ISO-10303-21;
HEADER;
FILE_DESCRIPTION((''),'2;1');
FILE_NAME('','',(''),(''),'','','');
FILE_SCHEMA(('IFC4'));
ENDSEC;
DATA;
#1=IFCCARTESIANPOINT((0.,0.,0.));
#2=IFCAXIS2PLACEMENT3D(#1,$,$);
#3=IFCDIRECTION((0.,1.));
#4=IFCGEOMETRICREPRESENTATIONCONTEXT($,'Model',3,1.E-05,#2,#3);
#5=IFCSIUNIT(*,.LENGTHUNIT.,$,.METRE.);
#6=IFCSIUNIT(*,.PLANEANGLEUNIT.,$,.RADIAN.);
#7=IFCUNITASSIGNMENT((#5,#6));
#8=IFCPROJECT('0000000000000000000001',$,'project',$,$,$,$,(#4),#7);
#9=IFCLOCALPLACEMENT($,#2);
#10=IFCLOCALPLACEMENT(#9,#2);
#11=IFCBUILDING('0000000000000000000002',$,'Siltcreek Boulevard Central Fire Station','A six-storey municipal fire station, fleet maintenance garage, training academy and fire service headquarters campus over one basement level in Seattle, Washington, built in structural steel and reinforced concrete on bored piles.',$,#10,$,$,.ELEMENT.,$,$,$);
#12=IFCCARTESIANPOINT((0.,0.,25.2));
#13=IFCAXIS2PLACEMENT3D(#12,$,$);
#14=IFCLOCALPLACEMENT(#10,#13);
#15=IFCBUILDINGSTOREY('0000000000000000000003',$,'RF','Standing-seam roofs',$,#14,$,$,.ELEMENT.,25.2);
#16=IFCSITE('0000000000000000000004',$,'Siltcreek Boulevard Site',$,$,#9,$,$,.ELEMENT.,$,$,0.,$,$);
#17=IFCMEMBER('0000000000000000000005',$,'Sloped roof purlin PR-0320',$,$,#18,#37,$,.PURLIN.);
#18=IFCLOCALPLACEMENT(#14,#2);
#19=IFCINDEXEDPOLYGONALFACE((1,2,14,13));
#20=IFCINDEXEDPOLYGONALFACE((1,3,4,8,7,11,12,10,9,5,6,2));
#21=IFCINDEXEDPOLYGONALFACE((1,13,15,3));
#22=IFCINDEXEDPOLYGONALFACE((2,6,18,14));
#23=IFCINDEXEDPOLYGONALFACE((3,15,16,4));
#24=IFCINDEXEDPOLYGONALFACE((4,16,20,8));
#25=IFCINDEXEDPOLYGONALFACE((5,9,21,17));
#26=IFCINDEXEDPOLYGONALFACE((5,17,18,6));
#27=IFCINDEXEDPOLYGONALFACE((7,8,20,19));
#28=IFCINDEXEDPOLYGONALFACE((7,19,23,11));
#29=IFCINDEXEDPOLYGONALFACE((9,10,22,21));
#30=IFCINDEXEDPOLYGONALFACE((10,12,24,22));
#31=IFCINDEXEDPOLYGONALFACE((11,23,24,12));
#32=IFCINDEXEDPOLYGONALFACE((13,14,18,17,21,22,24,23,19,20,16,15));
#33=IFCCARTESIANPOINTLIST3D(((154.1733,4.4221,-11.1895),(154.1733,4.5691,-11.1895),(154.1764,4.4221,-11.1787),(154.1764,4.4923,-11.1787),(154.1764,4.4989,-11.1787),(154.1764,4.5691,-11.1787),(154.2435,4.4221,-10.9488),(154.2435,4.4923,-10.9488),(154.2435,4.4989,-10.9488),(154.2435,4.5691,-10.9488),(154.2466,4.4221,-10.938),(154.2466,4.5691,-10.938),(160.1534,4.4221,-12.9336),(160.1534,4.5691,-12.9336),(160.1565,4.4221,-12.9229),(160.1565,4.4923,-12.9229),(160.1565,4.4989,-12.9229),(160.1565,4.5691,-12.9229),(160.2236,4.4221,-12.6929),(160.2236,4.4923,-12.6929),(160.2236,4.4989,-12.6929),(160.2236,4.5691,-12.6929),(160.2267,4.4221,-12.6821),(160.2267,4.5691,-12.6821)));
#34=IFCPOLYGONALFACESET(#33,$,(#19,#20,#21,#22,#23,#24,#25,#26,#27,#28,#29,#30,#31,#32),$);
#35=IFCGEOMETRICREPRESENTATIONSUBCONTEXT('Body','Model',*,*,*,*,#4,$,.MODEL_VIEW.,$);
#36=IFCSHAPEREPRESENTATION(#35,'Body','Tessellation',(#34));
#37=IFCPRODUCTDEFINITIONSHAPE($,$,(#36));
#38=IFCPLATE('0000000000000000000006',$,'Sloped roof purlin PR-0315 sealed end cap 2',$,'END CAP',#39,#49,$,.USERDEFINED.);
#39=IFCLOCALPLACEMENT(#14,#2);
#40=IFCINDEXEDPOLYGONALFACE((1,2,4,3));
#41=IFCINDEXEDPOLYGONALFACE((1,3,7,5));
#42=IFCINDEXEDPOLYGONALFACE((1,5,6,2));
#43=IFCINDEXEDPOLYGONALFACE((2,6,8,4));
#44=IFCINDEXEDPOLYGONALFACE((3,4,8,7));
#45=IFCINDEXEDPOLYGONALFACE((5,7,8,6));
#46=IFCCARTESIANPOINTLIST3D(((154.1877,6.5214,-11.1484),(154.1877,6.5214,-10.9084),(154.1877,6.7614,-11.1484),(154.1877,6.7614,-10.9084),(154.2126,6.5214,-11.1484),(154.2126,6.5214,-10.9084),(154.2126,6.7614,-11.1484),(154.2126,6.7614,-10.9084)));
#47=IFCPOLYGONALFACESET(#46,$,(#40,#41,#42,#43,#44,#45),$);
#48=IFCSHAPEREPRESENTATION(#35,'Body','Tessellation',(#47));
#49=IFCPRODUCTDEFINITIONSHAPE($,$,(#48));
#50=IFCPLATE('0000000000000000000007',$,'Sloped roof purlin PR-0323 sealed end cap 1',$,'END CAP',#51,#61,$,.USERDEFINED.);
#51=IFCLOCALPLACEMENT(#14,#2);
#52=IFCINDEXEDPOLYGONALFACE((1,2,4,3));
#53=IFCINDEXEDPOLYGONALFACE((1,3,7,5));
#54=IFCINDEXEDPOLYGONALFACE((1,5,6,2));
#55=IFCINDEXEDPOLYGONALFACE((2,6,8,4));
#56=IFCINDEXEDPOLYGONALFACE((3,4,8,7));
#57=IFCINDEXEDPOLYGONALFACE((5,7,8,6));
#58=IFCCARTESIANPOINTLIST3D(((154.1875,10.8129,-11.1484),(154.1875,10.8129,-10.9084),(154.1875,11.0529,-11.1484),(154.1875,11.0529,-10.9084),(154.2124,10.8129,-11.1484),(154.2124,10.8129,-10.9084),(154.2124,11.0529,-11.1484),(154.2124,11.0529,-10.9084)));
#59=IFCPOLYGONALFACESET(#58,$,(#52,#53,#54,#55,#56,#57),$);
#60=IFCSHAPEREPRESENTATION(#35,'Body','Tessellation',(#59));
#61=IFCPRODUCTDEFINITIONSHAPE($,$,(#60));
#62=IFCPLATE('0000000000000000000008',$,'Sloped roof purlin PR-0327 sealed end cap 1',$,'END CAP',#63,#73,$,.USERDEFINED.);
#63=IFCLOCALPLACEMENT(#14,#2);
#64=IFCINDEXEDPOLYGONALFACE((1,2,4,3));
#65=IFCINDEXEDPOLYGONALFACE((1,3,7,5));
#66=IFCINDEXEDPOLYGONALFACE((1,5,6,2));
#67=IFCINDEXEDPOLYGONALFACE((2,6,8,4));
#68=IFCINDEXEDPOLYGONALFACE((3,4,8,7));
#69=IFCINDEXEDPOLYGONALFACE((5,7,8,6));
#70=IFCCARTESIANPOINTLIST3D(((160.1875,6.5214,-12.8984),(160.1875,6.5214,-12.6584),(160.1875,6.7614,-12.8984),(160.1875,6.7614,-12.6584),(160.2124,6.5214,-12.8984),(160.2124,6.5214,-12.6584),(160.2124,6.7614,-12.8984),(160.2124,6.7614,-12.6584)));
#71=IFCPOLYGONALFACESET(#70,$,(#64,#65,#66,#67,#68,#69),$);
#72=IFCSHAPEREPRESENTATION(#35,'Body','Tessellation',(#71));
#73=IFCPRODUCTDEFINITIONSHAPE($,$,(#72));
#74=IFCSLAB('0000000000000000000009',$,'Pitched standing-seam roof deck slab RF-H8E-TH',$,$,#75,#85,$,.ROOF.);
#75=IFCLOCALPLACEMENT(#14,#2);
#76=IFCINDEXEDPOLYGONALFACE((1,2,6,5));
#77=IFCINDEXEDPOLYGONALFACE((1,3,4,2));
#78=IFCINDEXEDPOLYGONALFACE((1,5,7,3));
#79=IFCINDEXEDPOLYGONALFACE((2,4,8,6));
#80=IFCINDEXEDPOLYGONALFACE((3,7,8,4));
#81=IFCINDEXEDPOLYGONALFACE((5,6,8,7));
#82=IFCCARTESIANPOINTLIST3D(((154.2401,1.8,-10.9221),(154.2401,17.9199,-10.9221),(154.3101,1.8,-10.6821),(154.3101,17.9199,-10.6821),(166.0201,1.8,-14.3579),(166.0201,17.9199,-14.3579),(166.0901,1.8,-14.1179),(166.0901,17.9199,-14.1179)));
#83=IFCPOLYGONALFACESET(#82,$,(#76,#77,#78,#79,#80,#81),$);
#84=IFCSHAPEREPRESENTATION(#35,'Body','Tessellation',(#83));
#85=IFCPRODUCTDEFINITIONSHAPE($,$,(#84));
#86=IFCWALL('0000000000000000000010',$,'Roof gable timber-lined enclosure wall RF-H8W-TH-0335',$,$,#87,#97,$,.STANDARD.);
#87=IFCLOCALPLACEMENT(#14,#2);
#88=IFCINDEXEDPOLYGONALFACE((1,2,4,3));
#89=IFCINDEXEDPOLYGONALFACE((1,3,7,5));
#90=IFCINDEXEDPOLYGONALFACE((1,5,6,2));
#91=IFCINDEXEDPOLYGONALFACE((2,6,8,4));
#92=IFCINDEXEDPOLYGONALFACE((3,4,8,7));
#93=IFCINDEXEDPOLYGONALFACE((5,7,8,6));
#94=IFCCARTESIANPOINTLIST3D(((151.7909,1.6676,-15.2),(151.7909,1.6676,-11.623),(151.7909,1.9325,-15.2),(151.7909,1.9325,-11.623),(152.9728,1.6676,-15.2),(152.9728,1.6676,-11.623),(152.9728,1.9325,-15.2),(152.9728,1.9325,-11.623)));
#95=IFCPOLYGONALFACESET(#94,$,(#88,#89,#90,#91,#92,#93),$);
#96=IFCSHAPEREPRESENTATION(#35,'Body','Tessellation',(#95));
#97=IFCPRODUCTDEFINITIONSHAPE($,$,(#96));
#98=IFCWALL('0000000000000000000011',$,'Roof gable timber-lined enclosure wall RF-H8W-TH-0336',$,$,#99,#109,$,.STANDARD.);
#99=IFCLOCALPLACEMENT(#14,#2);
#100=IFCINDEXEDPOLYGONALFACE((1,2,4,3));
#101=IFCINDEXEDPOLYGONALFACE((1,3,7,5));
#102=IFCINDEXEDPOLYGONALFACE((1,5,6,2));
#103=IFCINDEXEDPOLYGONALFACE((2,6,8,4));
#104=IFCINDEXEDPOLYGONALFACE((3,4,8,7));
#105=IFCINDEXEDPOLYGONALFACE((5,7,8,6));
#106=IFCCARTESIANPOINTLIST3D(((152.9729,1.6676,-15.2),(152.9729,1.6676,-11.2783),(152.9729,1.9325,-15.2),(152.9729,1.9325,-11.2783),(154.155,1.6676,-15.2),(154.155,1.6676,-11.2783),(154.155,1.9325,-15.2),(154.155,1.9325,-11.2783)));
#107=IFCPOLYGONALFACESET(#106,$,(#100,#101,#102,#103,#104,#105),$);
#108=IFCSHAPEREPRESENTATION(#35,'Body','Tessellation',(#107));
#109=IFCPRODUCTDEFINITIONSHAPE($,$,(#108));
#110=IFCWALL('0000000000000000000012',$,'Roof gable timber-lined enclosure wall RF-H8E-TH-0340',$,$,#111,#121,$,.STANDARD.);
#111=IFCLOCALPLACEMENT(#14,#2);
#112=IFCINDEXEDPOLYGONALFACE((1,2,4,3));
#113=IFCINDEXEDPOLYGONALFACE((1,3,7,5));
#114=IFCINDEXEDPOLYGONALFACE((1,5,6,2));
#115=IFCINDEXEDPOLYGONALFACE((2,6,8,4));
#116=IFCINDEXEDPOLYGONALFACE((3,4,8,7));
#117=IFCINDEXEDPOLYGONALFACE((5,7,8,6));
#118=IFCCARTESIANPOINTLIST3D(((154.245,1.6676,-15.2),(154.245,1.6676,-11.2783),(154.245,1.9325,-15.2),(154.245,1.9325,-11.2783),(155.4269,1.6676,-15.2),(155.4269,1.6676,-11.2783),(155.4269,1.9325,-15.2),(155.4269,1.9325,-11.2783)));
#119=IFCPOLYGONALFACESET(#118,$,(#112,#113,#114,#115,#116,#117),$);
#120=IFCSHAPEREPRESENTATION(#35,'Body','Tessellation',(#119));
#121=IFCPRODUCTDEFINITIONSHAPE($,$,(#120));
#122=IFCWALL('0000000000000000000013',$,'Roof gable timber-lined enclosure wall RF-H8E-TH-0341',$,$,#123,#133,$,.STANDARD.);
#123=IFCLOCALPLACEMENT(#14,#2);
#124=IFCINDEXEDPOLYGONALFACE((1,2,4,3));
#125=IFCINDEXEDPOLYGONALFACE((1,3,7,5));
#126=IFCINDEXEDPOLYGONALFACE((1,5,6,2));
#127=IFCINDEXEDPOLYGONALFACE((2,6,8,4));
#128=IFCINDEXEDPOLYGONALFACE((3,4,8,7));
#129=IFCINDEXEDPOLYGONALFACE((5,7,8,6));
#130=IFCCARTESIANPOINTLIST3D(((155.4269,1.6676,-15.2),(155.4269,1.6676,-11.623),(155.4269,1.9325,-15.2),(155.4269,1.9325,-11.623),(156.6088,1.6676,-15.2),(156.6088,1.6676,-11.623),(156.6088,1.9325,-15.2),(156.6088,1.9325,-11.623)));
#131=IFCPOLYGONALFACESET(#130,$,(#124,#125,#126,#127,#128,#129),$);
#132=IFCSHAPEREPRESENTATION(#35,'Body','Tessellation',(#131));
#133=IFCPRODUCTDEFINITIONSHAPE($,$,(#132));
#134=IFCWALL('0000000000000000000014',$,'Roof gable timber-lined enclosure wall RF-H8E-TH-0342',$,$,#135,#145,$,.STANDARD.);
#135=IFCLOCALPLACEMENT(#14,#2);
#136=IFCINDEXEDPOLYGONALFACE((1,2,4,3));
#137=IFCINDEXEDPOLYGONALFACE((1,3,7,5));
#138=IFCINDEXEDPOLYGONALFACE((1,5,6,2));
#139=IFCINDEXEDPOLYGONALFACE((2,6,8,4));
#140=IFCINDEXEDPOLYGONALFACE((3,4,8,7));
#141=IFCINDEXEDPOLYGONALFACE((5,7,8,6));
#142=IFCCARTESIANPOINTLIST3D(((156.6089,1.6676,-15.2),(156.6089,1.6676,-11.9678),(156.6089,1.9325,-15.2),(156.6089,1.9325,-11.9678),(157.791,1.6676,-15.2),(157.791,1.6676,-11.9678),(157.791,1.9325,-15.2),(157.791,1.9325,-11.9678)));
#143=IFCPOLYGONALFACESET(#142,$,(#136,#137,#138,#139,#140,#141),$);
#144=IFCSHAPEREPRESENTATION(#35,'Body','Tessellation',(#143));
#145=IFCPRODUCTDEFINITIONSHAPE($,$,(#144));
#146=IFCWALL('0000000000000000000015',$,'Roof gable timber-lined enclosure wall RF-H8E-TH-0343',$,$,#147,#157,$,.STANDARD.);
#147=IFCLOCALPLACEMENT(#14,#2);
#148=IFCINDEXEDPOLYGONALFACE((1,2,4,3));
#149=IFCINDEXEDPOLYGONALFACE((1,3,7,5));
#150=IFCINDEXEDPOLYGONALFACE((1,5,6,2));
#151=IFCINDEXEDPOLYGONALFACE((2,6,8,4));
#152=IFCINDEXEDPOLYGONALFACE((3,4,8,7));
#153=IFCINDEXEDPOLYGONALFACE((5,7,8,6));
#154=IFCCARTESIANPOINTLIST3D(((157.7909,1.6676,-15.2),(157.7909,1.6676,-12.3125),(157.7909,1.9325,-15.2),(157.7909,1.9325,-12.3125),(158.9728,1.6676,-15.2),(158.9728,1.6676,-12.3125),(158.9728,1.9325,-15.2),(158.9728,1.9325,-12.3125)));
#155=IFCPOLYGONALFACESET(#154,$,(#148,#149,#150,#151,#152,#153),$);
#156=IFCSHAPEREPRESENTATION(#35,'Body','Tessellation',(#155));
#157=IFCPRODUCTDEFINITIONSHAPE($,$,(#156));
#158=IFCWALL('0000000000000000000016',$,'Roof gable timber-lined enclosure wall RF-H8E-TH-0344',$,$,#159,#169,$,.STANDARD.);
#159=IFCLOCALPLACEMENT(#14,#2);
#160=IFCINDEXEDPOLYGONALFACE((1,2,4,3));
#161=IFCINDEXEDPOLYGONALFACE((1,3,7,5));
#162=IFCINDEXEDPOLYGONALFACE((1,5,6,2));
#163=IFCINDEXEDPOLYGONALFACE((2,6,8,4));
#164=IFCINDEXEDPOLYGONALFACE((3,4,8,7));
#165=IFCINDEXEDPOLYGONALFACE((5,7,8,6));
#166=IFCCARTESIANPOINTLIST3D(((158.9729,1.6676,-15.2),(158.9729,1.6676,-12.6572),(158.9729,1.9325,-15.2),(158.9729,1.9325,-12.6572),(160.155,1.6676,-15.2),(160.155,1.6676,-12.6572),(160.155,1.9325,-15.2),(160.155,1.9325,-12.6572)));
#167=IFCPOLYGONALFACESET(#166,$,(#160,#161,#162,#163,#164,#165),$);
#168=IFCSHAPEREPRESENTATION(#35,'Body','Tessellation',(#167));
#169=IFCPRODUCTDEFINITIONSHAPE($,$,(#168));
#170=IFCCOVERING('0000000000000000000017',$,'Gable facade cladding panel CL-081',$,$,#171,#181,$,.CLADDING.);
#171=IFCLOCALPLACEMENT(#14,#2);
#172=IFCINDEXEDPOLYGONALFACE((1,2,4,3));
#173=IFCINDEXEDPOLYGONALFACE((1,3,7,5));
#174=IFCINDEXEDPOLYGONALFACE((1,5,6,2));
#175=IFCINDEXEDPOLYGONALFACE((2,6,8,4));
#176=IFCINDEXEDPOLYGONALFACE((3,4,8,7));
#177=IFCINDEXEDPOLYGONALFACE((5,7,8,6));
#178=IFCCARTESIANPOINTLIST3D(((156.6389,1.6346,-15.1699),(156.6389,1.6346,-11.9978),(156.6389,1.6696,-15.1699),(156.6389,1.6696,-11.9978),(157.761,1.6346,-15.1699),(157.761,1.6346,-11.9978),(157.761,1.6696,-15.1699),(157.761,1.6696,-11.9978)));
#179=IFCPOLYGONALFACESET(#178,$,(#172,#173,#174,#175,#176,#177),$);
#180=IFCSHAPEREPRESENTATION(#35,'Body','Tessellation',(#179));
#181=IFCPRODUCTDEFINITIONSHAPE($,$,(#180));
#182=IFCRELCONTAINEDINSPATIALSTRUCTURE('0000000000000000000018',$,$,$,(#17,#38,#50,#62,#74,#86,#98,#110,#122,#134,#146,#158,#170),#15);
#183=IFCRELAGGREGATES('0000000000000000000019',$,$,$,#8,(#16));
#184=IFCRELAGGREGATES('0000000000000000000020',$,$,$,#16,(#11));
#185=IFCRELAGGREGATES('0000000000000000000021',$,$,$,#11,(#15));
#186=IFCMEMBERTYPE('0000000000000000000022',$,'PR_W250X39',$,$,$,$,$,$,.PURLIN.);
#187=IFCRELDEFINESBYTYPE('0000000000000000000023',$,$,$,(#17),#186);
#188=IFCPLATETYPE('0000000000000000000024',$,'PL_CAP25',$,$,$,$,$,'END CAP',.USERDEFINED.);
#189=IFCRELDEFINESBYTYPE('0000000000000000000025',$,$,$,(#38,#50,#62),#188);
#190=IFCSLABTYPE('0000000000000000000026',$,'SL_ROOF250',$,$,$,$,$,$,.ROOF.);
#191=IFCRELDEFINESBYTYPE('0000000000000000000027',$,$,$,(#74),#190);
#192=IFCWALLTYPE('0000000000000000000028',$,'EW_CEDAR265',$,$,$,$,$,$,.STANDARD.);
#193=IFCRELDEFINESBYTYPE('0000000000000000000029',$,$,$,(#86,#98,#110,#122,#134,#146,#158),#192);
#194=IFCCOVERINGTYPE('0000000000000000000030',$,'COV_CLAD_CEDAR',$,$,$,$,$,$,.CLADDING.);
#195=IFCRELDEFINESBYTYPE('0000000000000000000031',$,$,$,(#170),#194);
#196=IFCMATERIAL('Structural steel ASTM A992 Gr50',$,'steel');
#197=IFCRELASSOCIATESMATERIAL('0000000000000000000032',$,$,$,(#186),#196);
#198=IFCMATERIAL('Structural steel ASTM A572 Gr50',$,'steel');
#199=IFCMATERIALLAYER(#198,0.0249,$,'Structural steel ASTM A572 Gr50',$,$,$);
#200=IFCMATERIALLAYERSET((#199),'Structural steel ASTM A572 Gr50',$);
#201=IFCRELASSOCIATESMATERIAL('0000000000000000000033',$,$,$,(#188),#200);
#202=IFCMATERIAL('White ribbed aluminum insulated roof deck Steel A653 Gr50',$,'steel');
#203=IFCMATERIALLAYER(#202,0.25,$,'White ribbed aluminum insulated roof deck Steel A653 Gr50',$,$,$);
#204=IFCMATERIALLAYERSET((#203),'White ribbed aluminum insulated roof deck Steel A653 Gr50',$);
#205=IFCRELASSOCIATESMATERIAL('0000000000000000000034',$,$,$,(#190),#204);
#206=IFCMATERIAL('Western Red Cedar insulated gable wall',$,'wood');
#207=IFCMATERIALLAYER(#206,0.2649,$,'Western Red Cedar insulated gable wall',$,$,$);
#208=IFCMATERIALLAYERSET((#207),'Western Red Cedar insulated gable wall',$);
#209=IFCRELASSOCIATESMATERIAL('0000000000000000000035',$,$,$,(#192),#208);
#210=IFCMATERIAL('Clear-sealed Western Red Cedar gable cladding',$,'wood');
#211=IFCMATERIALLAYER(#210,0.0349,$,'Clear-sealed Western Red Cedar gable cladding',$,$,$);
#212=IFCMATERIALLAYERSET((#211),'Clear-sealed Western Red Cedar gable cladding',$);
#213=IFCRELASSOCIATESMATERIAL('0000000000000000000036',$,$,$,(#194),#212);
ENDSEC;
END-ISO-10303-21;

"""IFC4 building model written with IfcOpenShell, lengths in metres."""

from ifc_helpers import new_model, si_unit, direction, frame, frame_2d, origin, origin_2d, place, context, subcontext, project, spatial, polyline, rectangle, i_section, outline, extrude, material, layer, layer_set, material_profile, profile_set, type_object, element, save


model = new_model("IFC4")

# Units and contexts
model_context = context("Model", 3, precision=1e-05, world=origin(), true_north=direction((0.0, 1.0)))
body_context = subcontext(model_context, "Body", "Model", "MODEL_VIEW")
ifc_project = project(units=[si_unit("LENGTHUNIT", "METRE"), si_unit("PLANEANGLEUNIT", "RADIAN")], contexts=[model_context])

# Site, building, storey
site_placement = place(None, origin())
site = spatial("IfcSite", under=ifc_project, at=site_placement, Name="Siltcreek Boulevard Site", CompositionType="ELEMENT", RefElevation=0.0)
building_placement = place(site_placement, origin())
building = spatial("IfcBuilding", under=site, at=building_placement, Name="Siltcreek Boulevard Central Fire Station", Description="A six-storey municipal fire station, fleet maintenance garage, training academy and fire service headquarters campus over one basement level in Seattle, Washington, built in structural steel and reinforced concrete on bored piles.", CompositionType="ELEMENT")
storey_placement = place(building_placement, frame((0.0, 0.0, 25.2)))
storey = spatial("IfcBuildingStorey", under=building, at=storey_placement, Name="RF", Description="Standing-seam roofs", CompositionType="ELEMENT", Elevation=25.2)

# Shared definitions
ifc_material_1 = material(Name="Structural steel ASTM A992 Gr50", Category="steel")

# Member
ifc_material_profile_1 = material_profile(ifc_material_1, i_section(OverallWidth=0.147, OverallDepth=0.262, WebThickness=0.0066, FlangeThickness=0.0112, at=origin_2d()), Name="W250X39")
ifc_profile_set_1 = profile_set([ifc_material_profile_1], Name="Structural steel ASTM A992 Gr50")
member_type_1 = type_object("IfcMemberType", Name="PR_W250X39", PredefinedType="PURLIN", material=ifc_profile_set_1)
member_1_placement = place(storey_placement, frame((154.21, 4.4956, -11.0637), z_axis=(0.960001, 0.0, -0.279997), x_axis=(0.0, 1.0, 0.0)))
element("IfcMember", 1, at=member_1_placement, inside=storey, type_object=member_type_1, Name="Sloped roof purlin PR-0320", PredefinedType="PURLIN", context=body_context, shape_type="SweptSolid", body=[
    extrude(i_section(OverallWidth=0.147, OverallDepth=0.262, WebThickness=0.0066, FlangeThickness=0.0112, at=origin_2d()), origin(), (0.0, 0.0, 1.0), 6.2292),
])

# Plates
ifc_material_2 = material(Name="Structural steel ASTM A572 Gr50", Category="steel")
ifc_layer_1 = layer(ifc_material_2, 0.0249, Name="Structural steel ASTM A572 Gr50")
ifc_layer_set_1 = layer_set([ifc_layer_1], Name="Structural steel ASTM A572 Gr50")
plate_type = type_object("IfcPlateType", Name="PL_CAP25", ElementType="END CAP", PredefinedType="USERDEFINED", material=ifc_layer_set_1)
for number, where, z_axis, x_axis, name in (
    (2, (154.2002, 6.6414, -11.1484), (0.0, 0.0, 1.0), (1.0, 0.0, 0.0), "Sloped roof purlin PR-0315 sealed end cap 2"),
    (3, (154.2, 10.9329, -11.1484), (0.0, 0.0, 1.0), (1.0, 0.0, 0.0), "Sloped roof purlin PR-0323 sealed end cap 1"),
    (4, (160.2, 6.6414, -12.8984), (0.0, 0.0, 1.0), (1.0, 0.0, 0.0), "Sloped roof purlin PR-0327 sealed end cap 1"),
):
    element("IfcPlate", number, at=place(storey_placement, frame(where, z_axis=z_axis, x_axis=x_axis)), inside=storey, type_object=plate_type, Name=name, ObjectType="END CAP", PredefinedType="USERDEFINED", context=body_context, shape_type="SweptSolid", body=[
        extrude(rectangle(XDim=0.0249, YDim=0.24, at=origin_2d()), origin(), (0.0, 0.0, 1.0), 0.24),
    ])

# Slab
ifc_material_3 = material(Name="White ribbed aluminum insulated roof deck Steel A653 Gr50", Category="steel")
ifc_layer_2 = layer(ifc_material_3, 0.25, Name="White ribbed aluminum insulated roof deck Steel A653 Gr50")
ifc_layer_set_2 = layer_set([ifc_layer_2], Name="White ribbed aluminum insulated roof deck Steel A653 Gr50")
slab_type = type_object("IfcSlabType", Name="SL_ROOF250", PredefinedType="ROOF", material=ifc_layer_set_2)
slab_placement = place(storey_placement, frame((154.3101, 1.8, -10.6821), z_axis=(0.279996, 0.0, 0.960001), x_axis=(0.960001, 0.0, -0.279996)))
element("IfcSlab", 5, at=slab_placement, inside=storey, type_object=slab_type, Name="Pitched standing-seam roof deck slab RF-H8E-TH", PredefinedType="ROOF", context=body_context, shape_type="SweptSolid", body=[
    extrude(outline(polyline([(0.0, 0.0), (12.2708, 0.0), (12.2708, 16.1199), (0.0, 16.1199), (0.0, 0.0)])), origin(), (0.0, 0.0, -1.0), 0.25),
])

# Walls
ifc_material_4 = material(Name="Western Red Cedar insulated gable wall", Category="wood")
ifc_layer_3 = layer(ifc_material_4, 0.2649, Name="Western Red Cedar insulated gable wall")
ifc_layer_set_3 = layer_set([ifc_layer_3], Name="Western Red Cedar insulated gable wall")
wall_type = type_object("IfcWallType", Name="EW_CEDAR265", PredefinedType="STANDARD", material=ifc_layer_set_3)
wall_1_placement = place(storey_placement, frame((151.791, 1.8, -15.2), z_axis=(0.0, 0.0, 1.0), x_axis=(1.0, 0.0, 0.0)))
element("IfcWall", 6, at=wall_1_placement, inside=storey, type_object=wall_type, Name="Roof gable timber-lined enclosure wall RF-H8W-TH-0335", PredefinedType="STANDARD", context=body_context, shape_type="SweptSolid", body=[
    extrude(rectangle(XDim=1.1819, YDim=0.2649, at=frame_2d((0.5908, 0.0))), origin(), (0.0, 0.0, 1.0), 3.5769),
])
wall_2_placement = place(storey_placement, frame((152.9729, 1.8, -15.2), z_axis=(0.0, 0.0, 1.0), x_axis=(1.0, 0.0, 0.0)))
element("IfcWall", 7, at=wall_2_placement, inside=storey, type_object=wall_type, Name="Roof gable timber-lined enclosure wall RF-H8W-TH-0336", PredefinedType="STANDARD", context=body_context, shape_type="SweptSolid", body=[
    extrude(rectangle(XDim=1.1821, YDim=0.2649, at=frame_2d((0.5911, 0.0))), origin(), (0.0, 0.0, 1.0), 3.9216),
])
wall_3_placement = place(storey_placement, frame((154.2451, 1.8, -15.2), z_axis=(0.0, 0.0, 1.0), x_axis=(1.0, 0.0, 0.0)))
element("IfcWall", 8, at=wall_3_placement, inside=storey, type_object=wall_type, Name="Roof gable timber-lined enclosure wall RF-H8E-TH-0340", PredefinedType="STANDARD", context=body_context, shape_type="SweptSolid", body=[
    extrude(rectangle(XDim=1.1819, YDim=0.2649, at=frame_2d((0.5908, 0.0))), origin(), (0.0, 0.0, 1.0), 3.9216),
])
wall_4_placement = place(storey_placement, frame((155.427, 1.8, -15.2), z_axis=(0.0, 0.0, 1.0), x_axis=(1.0, 0.0, 0.0)))
element("IfcWall", 9, at=wall_4_placement, inside=storey, type_object=wall_type, Name="Roof gable timber-lined enclosure wall RF-H8E-TH-0341", PredefinedType="STANDARD", context=body_context, shape_type="SweptSolid", body=[
    extrude(rectangle(XDim=1.1819, YDim=0.2649, at=frame_2d((0.5908, 0.0))), origin(), (0.0, 0.0, 1.0), 3.5769),
])
wall_5_placement = place(storey_placement, frame((156.6089, 1.8, -15.2), z_axis=(0.0, 0.0, 1.0), x_axis=(1.0, 0.0, 0.0)))
element("IfcWall", 10, at=wall_5_placement, inside=storey, type_object=wall_type, Name="Roof gable timber-lined enclosure wall RF-H8E-TH-0342", PredefinedType="STANDARD", context=body_context, shape_type="SweptSolid", body=[
    extrude(rectangle(XDim=1.1821, YDim=0.2649, at=frame_2d((0.5911, 0.0))), origin(), (0.0, 0.0, 1.0), 3.2322),
])
wall_6_placement = place(storey_placement, frame((157.791, 1.8, -15.2), z_axis=(0.0, 0.0, 1.0), x_axis=(1.0, 0.0, 0.0)))
element("IfcWall", 11, at=wall_6_placement, inside=storey, type_object=wall_type, Name="Roof gable timber-lined enclosure wall RF-H8E-TH-0343", PredefinedType="STANDARD", context=body_context, shape_type="SweptSolid", body=[
    extrude(rectangle(XDim=1.1819, YDim=0.2649, at=frame_2d((0.5908, 0.0))), origin(), (0.0, 0.0, 1.0), 2.8875),
])
wall_7_placement = place(storey_placement, frame((158.9729, 1.8, -15.2), z_axis=(0.0, 0.0, 1.0), x_axis=(1.0, 0.0, 0.0)))
element("IfcWall", 12, at=wall_7_placement, inside=storey, type_object=wall_type, Name="Roof gable timber-lined enclosure wall RF-H8E-TH-0344", PredefinedType="STANDARD", context=body_context, shape_type="SweptSolid", body=[
    extrude(rectangle(XDim=1.1821, YDim=0.2649, at=frame_2d((0.5911, 0.0))), origin(), (0.0, 0.0, 1.0), 2.5427),
])

# Covering
ifc_material_5 = material(Name="Clear-sealed Western Red Cedar gable cladding", Category="wood")
ifc_layer_4 = layer(ifc_material_5, 0.0349, Name="Clear-sealed Western Red Cedar gable cladding")
ifc_layer_set_4 = layer_set([ifc_layer_4], Name="Clear-sealed Western Red Cedar gable cladding")
covering_type = type_object("IfcCoveringType", Name="COV_CLAD_CEDAR", PredefinedType="CLADDING", material=ifc_layer_set_4)
covering_placement = place(storey_placement, frame((157.2, 1.6521, -15.1699), z_axis=(0.0, 0.0, 1.0), x_axis=(1.0, 0.0, 0.0)))
element("IfcCovering", 13, at=covering_placement, inside=storey, type_object=covering_type, Name="Gable facade cladding panel CL-081", PredefinedType="CLADDING", context=body_context, shape_type="SweptSolid", body=[
    extrude(rectangle(XDim=1.1221, YDim=0.0349, at=origin_2d()), origin(), (0.0, 0.0, 1.0), 3.1721),
])

save(model, "model.ifc")
